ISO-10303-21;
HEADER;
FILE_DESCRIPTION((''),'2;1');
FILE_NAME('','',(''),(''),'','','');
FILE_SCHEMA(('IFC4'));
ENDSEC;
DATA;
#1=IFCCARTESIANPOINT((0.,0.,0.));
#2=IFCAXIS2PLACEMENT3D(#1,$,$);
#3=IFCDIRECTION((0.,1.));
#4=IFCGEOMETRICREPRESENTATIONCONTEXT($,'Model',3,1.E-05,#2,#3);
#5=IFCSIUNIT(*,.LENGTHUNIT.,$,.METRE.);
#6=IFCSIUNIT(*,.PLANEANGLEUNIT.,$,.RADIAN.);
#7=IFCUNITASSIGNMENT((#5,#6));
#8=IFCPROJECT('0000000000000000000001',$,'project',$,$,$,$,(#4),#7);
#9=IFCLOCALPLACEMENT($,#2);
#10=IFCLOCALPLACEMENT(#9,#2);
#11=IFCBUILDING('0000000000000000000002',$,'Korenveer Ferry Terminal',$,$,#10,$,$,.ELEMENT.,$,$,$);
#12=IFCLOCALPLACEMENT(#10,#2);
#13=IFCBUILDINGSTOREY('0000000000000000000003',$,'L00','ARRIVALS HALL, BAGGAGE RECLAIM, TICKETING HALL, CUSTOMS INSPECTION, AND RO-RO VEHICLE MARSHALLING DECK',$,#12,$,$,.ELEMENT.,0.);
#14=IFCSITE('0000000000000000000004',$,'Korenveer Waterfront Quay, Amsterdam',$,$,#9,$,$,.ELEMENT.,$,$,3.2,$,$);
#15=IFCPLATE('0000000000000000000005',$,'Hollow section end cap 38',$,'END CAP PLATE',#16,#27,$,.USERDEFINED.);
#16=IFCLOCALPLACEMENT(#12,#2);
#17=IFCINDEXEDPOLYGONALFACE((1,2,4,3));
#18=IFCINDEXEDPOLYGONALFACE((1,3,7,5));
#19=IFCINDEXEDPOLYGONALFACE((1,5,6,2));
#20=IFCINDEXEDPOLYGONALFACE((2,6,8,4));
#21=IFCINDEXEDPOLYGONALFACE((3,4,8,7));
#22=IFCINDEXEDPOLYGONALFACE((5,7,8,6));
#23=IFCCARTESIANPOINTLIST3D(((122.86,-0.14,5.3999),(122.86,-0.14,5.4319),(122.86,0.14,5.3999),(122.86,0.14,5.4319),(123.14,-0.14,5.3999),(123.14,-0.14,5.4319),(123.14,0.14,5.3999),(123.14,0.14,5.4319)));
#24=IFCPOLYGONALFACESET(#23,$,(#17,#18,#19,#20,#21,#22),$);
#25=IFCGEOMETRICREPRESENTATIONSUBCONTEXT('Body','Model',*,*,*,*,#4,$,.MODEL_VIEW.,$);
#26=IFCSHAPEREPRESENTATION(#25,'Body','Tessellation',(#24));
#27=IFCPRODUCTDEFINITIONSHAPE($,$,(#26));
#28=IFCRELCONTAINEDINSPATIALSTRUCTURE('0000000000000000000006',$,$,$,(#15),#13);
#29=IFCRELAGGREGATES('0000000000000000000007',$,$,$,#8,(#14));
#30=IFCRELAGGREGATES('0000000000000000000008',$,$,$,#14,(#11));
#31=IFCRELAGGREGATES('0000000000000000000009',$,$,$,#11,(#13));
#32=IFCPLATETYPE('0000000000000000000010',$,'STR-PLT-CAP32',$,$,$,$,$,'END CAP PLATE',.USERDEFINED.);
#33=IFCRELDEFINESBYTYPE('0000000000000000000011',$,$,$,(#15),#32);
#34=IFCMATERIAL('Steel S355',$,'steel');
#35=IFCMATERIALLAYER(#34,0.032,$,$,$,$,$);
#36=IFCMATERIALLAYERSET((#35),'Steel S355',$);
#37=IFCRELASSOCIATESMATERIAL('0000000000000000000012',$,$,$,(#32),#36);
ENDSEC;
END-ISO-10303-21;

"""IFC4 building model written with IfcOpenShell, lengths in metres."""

from ifc_helpers import new_model, si_unit, direction, frame, origin, origin_2d, place, context, subcontext, project, spatial, rectangle, extrude, material, layer, layer_set, type_object, element, save


model = new_model("IFC4")

# Units and contexts
model_context = context("Model", 3, precision=1e-05, world=origin(), true_north=direction((0.0, 1.0)))
body_context = subcontext(model_context, "Body", "Model", "MODEL_VIEW")
ifc_project = project(units=[si_unit("LENGTHUNIT", "METRE"), si_unit("PLANEANGLEUNIT", "RADIAN")], contexts=[model_context])

# Site, building, storey
site_placement = place(None, origin())
site = spatial("IfcSite", under=ifc_project, at=site_placement, Name="Korenveer Waterfront Quay, Amsterdam", CompositionType="ELEMENT", RefElevation=3.2)
building_placement = place(site_placement, origin())
building = spatial("IfcBuilding", under=site, at=building_placement, Name="Korenveer Ferry Terminal", CompositionType="ELEMENT")
storey_placement = place(building_placement, origin())
storey = spatial("IfcBuildingStorey", under=building, at=storey_placement, Name="L00", Description="ARRIVALS HALL, BAGGAGE RECLAIM, TICKETING HALL, CUSTOMS INSPECTION, AND RO-RO VEHICLE MARSHALLING DECK", CompositionType="ELEMENT", Elevation=0.0)

# Shared definitions
ifc_material_1 = material(Name="Steel S355", Category="steel")

# Plate
ifc_layer_1 = layer(ifc_material_1, 0.032)
ifc_layer_set_1 = layer_set([ifc_layer_1], Name="Steel S355")
plate_type_1 = type_object("IfcPlateType", Name="STR-PLT-CAP32", ElementType="END CAP PLATE", PredefinedType="USERDEFINED", material=ifc_layer_set_1)
plate_1_placement = place(storey_placement, frame((123.0, 0.0, 5.3999), z_axis=(0.0, 0.0, 1.0), x_axis=(1.0, 0.0, 0.0)))
element("IfcPlate", 1, at=plate_1_placement, inside=storey, type_object=plate_type_1, Name="Hollow section end cap 38", ObjectType="END CAP PLATE", PredefinedType="USERDEFINED", context=body_context, shape_type="SweptSolid", body=[
    extrude(rectangle(XDim=0.28, YDim=0.28, at=origin_2d()), origin(), (0.0, 0.0, 1.0), 0.032),
])

save(model, "model.ifc")
